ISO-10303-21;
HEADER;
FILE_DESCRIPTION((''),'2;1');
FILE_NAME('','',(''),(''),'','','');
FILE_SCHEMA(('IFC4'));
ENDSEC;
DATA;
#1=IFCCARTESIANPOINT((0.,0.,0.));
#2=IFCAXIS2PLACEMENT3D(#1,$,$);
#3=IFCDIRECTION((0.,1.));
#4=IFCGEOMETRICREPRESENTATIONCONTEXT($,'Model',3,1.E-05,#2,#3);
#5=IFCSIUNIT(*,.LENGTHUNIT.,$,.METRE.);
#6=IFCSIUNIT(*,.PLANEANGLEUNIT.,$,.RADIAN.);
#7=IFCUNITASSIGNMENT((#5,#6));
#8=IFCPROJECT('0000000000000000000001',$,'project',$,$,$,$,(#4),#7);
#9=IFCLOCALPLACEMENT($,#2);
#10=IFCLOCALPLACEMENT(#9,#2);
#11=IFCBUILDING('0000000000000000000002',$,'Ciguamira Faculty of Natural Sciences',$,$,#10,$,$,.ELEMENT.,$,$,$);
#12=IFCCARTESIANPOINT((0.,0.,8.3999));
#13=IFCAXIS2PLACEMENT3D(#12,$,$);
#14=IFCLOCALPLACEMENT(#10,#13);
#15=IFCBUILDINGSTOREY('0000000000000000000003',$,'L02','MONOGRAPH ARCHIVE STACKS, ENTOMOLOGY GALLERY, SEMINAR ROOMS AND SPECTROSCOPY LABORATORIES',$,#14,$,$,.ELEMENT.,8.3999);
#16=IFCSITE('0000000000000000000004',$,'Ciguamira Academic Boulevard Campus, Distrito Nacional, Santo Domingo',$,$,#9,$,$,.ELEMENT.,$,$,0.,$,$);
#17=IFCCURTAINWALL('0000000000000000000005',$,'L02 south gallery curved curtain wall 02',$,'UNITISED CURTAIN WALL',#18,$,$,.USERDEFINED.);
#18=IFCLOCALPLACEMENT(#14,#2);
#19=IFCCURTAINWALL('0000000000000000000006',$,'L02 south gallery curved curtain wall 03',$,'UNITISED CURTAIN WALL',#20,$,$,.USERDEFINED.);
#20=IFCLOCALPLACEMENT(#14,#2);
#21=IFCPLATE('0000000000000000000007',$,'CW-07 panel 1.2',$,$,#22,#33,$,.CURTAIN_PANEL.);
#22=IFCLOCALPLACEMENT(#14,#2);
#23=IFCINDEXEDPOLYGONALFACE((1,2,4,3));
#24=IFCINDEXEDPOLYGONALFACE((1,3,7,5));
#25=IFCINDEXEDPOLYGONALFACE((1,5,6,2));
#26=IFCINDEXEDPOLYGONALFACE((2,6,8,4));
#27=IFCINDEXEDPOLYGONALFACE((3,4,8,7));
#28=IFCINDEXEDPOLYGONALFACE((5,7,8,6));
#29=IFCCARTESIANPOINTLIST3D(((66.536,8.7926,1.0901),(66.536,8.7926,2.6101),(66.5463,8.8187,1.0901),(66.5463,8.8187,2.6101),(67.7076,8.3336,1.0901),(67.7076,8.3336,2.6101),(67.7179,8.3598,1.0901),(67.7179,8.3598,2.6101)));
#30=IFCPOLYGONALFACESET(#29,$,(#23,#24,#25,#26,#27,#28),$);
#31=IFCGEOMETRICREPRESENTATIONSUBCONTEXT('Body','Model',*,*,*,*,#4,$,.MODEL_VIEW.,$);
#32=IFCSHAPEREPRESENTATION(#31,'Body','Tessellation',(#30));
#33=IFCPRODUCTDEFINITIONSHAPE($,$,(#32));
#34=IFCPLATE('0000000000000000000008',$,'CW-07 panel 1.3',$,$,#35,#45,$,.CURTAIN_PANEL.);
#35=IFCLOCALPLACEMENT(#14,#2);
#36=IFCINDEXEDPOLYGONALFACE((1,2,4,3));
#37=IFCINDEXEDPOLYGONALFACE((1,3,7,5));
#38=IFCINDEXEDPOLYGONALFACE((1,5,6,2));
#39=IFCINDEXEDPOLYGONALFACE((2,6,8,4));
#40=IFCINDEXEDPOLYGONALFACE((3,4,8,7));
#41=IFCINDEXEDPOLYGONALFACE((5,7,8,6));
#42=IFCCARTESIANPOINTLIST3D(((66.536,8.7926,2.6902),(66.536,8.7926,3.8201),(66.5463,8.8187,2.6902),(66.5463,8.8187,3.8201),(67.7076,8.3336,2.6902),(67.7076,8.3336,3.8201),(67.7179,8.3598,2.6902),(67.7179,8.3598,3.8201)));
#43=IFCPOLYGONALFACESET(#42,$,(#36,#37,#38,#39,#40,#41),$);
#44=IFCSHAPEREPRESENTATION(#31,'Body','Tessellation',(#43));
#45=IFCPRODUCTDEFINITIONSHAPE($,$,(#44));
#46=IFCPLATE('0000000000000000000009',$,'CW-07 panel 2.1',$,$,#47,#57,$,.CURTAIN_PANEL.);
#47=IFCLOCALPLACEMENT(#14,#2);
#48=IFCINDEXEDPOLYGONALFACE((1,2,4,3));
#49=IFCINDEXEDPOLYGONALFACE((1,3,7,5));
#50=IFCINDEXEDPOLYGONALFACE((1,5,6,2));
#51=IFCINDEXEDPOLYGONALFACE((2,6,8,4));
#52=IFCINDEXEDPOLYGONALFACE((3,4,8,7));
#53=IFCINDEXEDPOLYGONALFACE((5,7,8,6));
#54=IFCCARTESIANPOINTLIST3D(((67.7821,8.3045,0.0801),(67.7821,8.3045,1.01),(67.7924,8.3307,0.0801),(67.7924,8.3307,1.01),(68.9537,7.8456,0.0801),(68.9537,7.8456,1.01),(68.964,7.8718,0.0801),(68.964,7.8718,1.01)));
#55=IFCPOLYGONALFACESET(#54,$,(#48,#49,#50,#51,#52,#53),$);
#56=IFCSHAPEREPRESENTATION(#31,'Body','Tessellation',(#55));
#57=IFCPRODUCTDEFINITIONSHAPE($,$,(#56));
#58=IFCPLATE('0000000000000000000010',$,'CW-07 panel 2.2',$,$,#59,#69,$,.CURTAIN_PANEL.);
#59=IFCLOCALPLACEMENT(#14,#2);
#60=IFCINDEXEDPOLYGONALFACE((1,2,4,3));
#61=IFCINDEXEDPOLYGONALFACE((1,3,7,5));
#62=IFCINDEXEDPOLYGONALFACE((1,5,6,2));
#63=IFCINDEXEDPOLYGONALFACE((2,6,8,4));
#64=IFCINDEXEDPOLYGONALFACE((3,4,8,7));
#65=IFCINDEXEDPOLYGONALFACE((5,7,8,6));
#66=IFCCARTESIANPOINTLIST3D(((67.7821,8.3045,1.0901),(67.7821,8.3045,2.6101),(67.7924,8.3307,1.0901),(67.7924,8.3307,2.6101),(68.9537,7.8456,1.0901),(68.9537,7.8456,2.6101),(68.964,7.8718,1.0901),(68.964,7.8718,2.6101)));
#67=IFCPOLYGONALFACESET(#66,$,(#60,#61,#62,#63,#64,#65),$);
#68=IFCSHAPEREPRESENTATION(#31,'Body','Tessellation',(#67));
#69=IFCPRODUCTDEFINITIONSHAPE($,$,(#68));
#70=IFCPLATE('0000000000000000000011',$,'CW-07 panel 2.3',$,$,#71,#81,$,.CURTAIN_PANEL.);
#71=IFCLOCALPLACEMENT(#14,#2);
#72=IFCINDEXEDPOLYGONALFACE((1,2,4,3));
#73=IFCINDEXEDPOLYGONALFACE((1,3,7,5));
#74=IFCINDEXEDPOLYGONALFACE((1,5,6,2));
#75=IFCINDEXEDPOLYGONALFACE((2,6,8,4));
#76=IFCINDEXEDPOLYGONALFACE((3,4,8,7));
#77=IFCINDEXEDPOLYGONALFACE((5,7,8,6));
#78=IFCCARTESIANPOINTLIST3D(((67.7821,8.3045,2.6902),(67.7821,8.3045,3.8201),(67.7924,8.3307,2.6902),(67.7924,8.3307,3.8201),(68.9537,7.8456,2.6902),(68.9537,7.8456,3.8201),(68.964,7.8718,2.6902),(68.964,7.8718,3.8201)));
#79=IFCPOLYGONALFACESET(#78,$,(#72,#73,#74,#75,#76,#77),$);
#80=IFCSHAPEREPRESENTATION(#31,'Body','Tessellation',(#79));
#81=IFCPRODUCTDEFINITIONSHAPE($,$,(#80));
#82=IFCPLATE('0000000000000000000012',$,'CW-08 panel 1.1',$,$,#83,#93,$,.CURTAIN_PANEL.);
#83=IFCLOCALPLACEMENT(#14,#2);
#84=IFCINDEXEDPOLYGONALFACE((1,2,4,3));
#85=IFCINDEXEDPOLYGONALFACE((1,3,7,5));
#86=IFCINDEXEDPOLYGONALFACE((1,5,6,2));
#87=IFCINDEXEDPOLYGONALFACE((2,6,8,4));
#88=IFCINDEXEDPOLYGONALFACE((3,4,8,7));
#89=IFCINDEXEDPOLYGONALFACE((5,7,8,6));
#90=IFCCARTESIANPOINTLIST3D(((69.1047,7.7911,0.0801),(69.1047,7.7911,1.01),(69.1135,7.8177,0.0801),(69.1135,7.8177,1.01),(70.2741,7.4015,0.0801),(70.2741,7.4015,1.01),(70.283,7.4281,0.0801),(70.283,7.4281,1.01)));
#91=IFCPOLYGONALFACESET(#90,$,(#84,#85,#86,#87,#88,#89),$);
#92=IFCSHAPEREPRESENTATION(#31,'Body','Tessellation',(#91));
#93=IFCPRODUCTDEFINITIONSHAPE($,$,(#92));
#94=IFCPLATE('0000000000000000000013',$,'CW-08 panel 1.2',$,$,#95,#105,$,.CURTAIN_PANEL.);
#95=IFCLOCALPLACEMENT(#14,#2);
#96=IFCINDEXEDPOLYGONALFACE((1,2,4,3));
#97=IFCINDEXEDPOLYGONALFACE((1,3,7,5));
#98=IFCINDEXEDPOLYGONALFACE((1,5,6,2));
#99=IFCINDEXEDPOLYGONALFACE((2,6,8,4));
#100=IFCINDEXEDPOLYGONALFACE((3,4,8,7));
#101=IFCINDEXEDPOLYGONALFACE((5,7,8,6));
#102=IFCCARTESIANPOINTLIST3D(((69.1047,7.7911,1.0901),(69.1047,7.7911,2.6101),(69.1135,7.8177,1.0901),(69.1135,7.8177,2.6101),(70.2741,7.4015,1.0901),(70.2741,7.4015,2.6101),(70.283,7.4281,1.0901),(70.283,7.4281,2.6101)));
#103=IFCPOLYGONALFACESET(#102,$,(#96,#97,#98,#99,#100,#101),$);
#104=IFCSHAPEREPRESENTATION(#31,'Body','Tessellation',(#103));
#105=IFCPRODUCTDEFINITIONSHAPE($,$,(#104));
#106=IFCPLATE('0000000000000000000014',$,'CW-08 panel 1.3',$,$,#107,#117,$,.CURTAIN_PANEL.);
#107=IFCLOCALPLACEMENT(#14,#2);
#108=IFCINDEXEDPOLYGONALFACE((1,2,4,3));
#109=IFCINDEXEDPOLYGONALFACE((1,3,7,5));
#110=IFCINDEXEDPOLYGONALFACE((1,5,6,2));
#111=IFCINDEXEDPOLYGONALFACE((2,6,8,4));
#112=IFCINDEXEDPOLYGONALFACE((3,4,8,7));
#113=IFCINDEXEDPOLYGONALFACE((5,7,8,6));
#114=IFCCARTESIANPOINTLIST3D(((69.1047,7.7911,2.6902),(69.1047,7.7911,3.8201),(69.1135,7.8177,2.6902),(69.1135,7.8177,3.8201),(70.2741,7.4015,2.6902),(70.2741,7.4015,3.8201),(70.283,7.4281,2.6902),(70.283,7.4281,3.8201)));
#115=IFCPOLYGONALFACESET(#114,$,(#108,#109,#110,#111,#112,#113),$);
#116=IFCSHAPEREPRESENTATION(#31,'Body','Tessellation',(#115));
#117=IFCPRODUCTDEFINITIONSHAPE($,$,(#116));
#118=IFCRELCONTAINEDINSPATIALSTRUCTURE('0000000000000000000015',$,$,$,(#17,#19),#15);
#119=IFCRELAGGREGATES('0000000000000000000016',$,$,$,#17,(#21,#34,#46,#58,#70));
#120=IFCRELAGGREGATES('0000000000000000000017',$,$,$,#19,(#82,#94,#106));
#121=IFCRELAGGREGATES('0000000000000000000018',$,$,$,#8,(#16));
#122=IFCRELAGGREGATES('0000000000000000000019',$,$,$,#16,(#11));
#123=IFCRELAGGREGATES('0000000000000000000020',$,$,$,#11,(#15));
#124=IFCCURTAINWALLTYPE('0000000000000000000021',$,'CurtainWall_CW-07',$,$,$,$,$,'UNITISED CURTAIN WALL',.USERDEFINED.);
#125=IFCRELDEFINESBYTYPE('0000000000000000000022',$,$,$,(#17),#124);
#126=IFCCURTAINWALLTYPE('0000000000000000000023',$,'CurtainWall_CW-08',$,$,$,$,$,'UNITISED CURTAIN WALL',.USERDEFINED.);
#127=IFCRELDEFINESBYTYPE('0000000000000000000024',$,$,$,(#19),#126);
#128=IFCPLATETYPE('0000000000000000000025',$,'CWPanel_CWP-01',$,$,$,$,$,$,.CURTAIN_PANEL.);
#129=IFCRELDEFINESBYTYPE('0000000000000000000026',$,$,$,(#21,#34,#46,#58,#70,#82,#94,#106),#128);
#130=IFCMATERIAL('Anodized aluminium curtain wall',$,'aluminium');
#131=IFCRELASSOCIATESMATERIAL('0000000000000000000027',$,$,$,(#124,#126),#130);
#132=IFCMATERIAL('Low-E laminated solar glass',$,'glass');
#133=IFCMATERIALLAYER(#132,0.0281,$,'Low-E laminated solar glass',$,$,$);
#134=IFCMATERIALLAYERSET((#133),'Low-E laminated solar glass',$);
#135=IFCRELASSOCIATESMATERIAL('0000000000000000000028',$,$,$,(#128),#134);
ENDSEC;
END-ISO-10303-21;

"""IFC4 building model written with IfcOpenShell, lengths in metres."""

from ifc_helpers import new_model, si_unit, direction, frame, origin, origin_2d, place, context, subcontext, project, spatial, rectangle, extrude, material, layer, layer_set, type_object, element, aggregate, save


model = new_model("IFC4")

# Units and contexts
model_context = context("Model", 3, precision=1e-05, world=origin(), true_north=direction((0.0, 1.0)))
body_context = subcontext(model_context, "Body", "Model", "MODEL_VIEW")
ifc_project = project(units=[si_unit("LENGTHUNIT", "METRE"), si_unit("PLANEANGLEUNIT", "RADIAN")], contexts=[model_context])

# Site, building, storey
site_placement = place(None, origin())
site = spatial("IfcSite", under=ifc_project, at=site_placement, Name="Ciguamira Academic Boulevard Campus, Distrito Nacional, Santo Domingo", CompositionType="ELEMENT", RefElevation=0.0)
building_placement = place(site_placement, origin())
building = spatial("IfcBuilding", under=site, at=building_placement, Name="Ciguamira Faculty of Natural Sciences", CompositionType="ELEMENT")
storey_placement = place(building_placement, frame((0.0, 0.0, 8.3999)))
storey = spatial("IfcBuildingStorey", under=building, at=storey_placement, Name="L02", Description="MONOGRAPH ARCHIVE STACKS, ENTOMOLOGY GALLERY, SEMINAR ROOMS AND SPECTROSCOPY LABORATORIES", CompositionType="ELEMENT", Elevation=8.3999)

# Curtain walls
ifc_material_1 = material(Name="Anodized aluminium curtain wall", Category="aluminium")
curtain_wall_type_1 = type_object("IfcCurtainWallType", Name="CurtainWall_CW-07", ElementType="UNITISED CURTAIN WALL", PredefinedType="USERDEFINED", material=ifc_material_1)
curtain_wall_1_placement = place(storey_placement, origin())
curtain_wall_1 = element("IfcCurtainWall", 1, at=curtain_wall_1_placement, inside=storey, type_object=curtain_wall_type_1, Name="L02 south gallery curved curtain wall 02", ObjectType="UNITISED CURTAIN WALL", PredefinedType="USERDEFINED")
curtain_wall_type_2 = type_object("IfcCurtainWallType", Name="CurtainWall_CW-08", ElementType="UNITISED CURTAIN WALL", PredefinedType="USERDEFINED", material=ifc_material_1)
curtain_wall_2_placement = place(storey_placement, origin())
curtain_wall_2 = element("IfcCurtainWall", 2, at=curtain_wall_2_placement, inside=storey, type_object=curtain_wall_type_2, Name="L02 south gallery curved curtain wall 03", ObjectType="UNITISED CURTAIN WALL", PredefinedType="USERDEFINED")

# Plates
ifc_material_2 = material(Name="Low-E laminated solar glass", Category="glass")
ifc_layer = layer(ifc_material_2, 0.0281, Name="Low-E laminated solar glass")
ifc_layer_set = layer_set([ifc_layer], Name="Low-E laminated solar glass")
plate_type = type_object("IfcPlateType", Name="CWPanel_CWP-01", PredefinedType="CURTAIN_PANEL", material=ifc_layer_set)
plate_1_placement = place(storey_placement, frame((67.127, 8.5762, 1.0901), z_axis=(0.0, 0.0, 1.0), x_axis=(0.931122, -0.364707, 0.0)))
plate_1 = element("IfcPlate", 3, at=plate_1_placement, type_object=plate_type, Name="CW-07 panel 1.2", PredefinedType="CURTAIN_PANEL", context=body_context, shape_type="SweptSolid", body=[
    extrude(rectangle(XDim=1.2583, YDim=0.0281, at=origin_2d()), origin(), (0.0, 0.0, 1.0), 1.52),
])
plate_2_placement = place(storey_placement, frame((67.127, 8.5762, 2.6902), z_axis=(0.0, 0.0, 1.0), x_axis=(0.931122, -0.364707, 0.0)))
plate_2 = element("IfcPlate", 4, at=plate_2_placement, type_object=plate_type, Name="CW-07 panel 1.3", PredefinedType="CURTAIN_PANEL", context=body_context, shape_type="SweptSolid", body=[
    extrude(rectangle(XDim=1.2583, YDim=0.0281, at=origin_2d()), origin(), (0.0, 0.0, 1.0), 1.1299),
])
plate_3_placement = place(storey_placement, frame((68.373, 8.0881, 0.0801), z_axis=(0.0, 0.0, 1.0), x_axis=(0.931122, -0.364707, 0.0)))
plate_3 = element("IfcPlate", 5, at=plate_3_placement, type_object=plate_type, Name="CW-07 panel 2.1", PredefinedType="CURTAIN_PANEL", context=body_context, shape_type="SweptSolid", body=[
    extrude(rectangle(XDim=1.2583, YDim=0.0281, at=origin_2d()), origin(), (0.0, 0.0, 1.0), 0.9299),
])
plate_4_placement = place(storey_placement, frame((68.373, 8.0881, 1.0901), z_axis=(0.0, 0.0, 1.0), x_axis=(0.931122, -0.364707, 0.0)))
plate_4 = element("IfcPlate", 6, at=plate_4_placement, type_object=plate_type, Name="CW-07 panel 2.2", PredefinedType="CURTAIN_PANEL", context=body_context, shape_type="SweptSolid", body=[
    extrude(rectangle(XDim=1.2583, YDim=0.0281, at=origin_2d()), origin(), (0.0, 0.0, 1.0), 1.52),
])
plate_5_placement = place(storey_placement, frame((68.373, 8.0881, 2.6902), z_axis=(0.0, 0.0, 1.0), x_axis=(0.931122, -0.364707, 0.0)))
plate_5 = element("IfcPlate", 7, at=plate_5_placement, type_object=plate_type, Name="CW-07 panel 2.3", PredefinedType="CURTAIN_PANEL", context=body_context, shape_type="SweptSolid", body=[
    extrude(rectangle(XDim=1.2583, YDim=0.0281, at=origin_2d()), origin(), (0.0, 0.0, 1.0), 1.1299),
])
aggregate(curtain_wall_1, [plate_1, plate_2, plate_3, plate_4, plate_5])
plate_6_placement = place(storey_placement, frame((69.6938, 7.6096, 0.0801), z_axis=(0.0, 0.0, 1.0), x_axis=(0.948735, -0.316073, 0.0)))
plate_6 = element("IfcPlate", 8, at=plate_6_placement, type_object=plate_type, Name="CW-08 panel 1.1", PredefinedType="CURTAIN_PANEL", context=body_context, shape_type="SweptSolid", body=[
    extrude(rectangle(XDim=1.2327, YDim=0.0281, at=origin_2d()), origin(), (0.0, 0.0, 1.0), 0.9299),
])
plate_7_placement = place(storey_placement, frame((69.6938, 7.6096, 1.0901), z_axis=(0.0, 0.0, 1.0), x_axis=(0.948735, -0.316073, 0.0)))
plate_7 = element("IfcPlate", 9, at=plate_7_placement, type_object=plate_type, Name="CW-08 panel 1.2", PredefinedType="CURTAIN_PANEL", context=body_context, shape_type="SweptSolid", body=[
    extrude(rectangle(XDim=1.2327, YDim=0.0281, at=origin_2d()), origin(), (0.0, 0.0, 1.0), 1.52),
])
plate_8_placement = place(storey_placement, frame((69.6938, 7.6096, 2.6902), z_axis=(0.0, 0.0, 1.0), x_axis=(0.948735, -0.316073, 0.0)))
plate_8 = element("IfcPlate", 10, at=plate_8_placement, type_object=plate_type, Name="CW-08 panel 1.3", PredefinedType="CURTAIN_PANEL", context=body_context, shape_type="SweptSolid", body=[
    extrude(rectangle(XDim=1.2327, YDim=0.0281, at=origin_2d()), origin(), (0.0, 0.0, 1.0), 1.1299),
])
aggregate(curtain_wall_2, [plate_6, plate_7, plate_8])

save(model, "model.ifc")
